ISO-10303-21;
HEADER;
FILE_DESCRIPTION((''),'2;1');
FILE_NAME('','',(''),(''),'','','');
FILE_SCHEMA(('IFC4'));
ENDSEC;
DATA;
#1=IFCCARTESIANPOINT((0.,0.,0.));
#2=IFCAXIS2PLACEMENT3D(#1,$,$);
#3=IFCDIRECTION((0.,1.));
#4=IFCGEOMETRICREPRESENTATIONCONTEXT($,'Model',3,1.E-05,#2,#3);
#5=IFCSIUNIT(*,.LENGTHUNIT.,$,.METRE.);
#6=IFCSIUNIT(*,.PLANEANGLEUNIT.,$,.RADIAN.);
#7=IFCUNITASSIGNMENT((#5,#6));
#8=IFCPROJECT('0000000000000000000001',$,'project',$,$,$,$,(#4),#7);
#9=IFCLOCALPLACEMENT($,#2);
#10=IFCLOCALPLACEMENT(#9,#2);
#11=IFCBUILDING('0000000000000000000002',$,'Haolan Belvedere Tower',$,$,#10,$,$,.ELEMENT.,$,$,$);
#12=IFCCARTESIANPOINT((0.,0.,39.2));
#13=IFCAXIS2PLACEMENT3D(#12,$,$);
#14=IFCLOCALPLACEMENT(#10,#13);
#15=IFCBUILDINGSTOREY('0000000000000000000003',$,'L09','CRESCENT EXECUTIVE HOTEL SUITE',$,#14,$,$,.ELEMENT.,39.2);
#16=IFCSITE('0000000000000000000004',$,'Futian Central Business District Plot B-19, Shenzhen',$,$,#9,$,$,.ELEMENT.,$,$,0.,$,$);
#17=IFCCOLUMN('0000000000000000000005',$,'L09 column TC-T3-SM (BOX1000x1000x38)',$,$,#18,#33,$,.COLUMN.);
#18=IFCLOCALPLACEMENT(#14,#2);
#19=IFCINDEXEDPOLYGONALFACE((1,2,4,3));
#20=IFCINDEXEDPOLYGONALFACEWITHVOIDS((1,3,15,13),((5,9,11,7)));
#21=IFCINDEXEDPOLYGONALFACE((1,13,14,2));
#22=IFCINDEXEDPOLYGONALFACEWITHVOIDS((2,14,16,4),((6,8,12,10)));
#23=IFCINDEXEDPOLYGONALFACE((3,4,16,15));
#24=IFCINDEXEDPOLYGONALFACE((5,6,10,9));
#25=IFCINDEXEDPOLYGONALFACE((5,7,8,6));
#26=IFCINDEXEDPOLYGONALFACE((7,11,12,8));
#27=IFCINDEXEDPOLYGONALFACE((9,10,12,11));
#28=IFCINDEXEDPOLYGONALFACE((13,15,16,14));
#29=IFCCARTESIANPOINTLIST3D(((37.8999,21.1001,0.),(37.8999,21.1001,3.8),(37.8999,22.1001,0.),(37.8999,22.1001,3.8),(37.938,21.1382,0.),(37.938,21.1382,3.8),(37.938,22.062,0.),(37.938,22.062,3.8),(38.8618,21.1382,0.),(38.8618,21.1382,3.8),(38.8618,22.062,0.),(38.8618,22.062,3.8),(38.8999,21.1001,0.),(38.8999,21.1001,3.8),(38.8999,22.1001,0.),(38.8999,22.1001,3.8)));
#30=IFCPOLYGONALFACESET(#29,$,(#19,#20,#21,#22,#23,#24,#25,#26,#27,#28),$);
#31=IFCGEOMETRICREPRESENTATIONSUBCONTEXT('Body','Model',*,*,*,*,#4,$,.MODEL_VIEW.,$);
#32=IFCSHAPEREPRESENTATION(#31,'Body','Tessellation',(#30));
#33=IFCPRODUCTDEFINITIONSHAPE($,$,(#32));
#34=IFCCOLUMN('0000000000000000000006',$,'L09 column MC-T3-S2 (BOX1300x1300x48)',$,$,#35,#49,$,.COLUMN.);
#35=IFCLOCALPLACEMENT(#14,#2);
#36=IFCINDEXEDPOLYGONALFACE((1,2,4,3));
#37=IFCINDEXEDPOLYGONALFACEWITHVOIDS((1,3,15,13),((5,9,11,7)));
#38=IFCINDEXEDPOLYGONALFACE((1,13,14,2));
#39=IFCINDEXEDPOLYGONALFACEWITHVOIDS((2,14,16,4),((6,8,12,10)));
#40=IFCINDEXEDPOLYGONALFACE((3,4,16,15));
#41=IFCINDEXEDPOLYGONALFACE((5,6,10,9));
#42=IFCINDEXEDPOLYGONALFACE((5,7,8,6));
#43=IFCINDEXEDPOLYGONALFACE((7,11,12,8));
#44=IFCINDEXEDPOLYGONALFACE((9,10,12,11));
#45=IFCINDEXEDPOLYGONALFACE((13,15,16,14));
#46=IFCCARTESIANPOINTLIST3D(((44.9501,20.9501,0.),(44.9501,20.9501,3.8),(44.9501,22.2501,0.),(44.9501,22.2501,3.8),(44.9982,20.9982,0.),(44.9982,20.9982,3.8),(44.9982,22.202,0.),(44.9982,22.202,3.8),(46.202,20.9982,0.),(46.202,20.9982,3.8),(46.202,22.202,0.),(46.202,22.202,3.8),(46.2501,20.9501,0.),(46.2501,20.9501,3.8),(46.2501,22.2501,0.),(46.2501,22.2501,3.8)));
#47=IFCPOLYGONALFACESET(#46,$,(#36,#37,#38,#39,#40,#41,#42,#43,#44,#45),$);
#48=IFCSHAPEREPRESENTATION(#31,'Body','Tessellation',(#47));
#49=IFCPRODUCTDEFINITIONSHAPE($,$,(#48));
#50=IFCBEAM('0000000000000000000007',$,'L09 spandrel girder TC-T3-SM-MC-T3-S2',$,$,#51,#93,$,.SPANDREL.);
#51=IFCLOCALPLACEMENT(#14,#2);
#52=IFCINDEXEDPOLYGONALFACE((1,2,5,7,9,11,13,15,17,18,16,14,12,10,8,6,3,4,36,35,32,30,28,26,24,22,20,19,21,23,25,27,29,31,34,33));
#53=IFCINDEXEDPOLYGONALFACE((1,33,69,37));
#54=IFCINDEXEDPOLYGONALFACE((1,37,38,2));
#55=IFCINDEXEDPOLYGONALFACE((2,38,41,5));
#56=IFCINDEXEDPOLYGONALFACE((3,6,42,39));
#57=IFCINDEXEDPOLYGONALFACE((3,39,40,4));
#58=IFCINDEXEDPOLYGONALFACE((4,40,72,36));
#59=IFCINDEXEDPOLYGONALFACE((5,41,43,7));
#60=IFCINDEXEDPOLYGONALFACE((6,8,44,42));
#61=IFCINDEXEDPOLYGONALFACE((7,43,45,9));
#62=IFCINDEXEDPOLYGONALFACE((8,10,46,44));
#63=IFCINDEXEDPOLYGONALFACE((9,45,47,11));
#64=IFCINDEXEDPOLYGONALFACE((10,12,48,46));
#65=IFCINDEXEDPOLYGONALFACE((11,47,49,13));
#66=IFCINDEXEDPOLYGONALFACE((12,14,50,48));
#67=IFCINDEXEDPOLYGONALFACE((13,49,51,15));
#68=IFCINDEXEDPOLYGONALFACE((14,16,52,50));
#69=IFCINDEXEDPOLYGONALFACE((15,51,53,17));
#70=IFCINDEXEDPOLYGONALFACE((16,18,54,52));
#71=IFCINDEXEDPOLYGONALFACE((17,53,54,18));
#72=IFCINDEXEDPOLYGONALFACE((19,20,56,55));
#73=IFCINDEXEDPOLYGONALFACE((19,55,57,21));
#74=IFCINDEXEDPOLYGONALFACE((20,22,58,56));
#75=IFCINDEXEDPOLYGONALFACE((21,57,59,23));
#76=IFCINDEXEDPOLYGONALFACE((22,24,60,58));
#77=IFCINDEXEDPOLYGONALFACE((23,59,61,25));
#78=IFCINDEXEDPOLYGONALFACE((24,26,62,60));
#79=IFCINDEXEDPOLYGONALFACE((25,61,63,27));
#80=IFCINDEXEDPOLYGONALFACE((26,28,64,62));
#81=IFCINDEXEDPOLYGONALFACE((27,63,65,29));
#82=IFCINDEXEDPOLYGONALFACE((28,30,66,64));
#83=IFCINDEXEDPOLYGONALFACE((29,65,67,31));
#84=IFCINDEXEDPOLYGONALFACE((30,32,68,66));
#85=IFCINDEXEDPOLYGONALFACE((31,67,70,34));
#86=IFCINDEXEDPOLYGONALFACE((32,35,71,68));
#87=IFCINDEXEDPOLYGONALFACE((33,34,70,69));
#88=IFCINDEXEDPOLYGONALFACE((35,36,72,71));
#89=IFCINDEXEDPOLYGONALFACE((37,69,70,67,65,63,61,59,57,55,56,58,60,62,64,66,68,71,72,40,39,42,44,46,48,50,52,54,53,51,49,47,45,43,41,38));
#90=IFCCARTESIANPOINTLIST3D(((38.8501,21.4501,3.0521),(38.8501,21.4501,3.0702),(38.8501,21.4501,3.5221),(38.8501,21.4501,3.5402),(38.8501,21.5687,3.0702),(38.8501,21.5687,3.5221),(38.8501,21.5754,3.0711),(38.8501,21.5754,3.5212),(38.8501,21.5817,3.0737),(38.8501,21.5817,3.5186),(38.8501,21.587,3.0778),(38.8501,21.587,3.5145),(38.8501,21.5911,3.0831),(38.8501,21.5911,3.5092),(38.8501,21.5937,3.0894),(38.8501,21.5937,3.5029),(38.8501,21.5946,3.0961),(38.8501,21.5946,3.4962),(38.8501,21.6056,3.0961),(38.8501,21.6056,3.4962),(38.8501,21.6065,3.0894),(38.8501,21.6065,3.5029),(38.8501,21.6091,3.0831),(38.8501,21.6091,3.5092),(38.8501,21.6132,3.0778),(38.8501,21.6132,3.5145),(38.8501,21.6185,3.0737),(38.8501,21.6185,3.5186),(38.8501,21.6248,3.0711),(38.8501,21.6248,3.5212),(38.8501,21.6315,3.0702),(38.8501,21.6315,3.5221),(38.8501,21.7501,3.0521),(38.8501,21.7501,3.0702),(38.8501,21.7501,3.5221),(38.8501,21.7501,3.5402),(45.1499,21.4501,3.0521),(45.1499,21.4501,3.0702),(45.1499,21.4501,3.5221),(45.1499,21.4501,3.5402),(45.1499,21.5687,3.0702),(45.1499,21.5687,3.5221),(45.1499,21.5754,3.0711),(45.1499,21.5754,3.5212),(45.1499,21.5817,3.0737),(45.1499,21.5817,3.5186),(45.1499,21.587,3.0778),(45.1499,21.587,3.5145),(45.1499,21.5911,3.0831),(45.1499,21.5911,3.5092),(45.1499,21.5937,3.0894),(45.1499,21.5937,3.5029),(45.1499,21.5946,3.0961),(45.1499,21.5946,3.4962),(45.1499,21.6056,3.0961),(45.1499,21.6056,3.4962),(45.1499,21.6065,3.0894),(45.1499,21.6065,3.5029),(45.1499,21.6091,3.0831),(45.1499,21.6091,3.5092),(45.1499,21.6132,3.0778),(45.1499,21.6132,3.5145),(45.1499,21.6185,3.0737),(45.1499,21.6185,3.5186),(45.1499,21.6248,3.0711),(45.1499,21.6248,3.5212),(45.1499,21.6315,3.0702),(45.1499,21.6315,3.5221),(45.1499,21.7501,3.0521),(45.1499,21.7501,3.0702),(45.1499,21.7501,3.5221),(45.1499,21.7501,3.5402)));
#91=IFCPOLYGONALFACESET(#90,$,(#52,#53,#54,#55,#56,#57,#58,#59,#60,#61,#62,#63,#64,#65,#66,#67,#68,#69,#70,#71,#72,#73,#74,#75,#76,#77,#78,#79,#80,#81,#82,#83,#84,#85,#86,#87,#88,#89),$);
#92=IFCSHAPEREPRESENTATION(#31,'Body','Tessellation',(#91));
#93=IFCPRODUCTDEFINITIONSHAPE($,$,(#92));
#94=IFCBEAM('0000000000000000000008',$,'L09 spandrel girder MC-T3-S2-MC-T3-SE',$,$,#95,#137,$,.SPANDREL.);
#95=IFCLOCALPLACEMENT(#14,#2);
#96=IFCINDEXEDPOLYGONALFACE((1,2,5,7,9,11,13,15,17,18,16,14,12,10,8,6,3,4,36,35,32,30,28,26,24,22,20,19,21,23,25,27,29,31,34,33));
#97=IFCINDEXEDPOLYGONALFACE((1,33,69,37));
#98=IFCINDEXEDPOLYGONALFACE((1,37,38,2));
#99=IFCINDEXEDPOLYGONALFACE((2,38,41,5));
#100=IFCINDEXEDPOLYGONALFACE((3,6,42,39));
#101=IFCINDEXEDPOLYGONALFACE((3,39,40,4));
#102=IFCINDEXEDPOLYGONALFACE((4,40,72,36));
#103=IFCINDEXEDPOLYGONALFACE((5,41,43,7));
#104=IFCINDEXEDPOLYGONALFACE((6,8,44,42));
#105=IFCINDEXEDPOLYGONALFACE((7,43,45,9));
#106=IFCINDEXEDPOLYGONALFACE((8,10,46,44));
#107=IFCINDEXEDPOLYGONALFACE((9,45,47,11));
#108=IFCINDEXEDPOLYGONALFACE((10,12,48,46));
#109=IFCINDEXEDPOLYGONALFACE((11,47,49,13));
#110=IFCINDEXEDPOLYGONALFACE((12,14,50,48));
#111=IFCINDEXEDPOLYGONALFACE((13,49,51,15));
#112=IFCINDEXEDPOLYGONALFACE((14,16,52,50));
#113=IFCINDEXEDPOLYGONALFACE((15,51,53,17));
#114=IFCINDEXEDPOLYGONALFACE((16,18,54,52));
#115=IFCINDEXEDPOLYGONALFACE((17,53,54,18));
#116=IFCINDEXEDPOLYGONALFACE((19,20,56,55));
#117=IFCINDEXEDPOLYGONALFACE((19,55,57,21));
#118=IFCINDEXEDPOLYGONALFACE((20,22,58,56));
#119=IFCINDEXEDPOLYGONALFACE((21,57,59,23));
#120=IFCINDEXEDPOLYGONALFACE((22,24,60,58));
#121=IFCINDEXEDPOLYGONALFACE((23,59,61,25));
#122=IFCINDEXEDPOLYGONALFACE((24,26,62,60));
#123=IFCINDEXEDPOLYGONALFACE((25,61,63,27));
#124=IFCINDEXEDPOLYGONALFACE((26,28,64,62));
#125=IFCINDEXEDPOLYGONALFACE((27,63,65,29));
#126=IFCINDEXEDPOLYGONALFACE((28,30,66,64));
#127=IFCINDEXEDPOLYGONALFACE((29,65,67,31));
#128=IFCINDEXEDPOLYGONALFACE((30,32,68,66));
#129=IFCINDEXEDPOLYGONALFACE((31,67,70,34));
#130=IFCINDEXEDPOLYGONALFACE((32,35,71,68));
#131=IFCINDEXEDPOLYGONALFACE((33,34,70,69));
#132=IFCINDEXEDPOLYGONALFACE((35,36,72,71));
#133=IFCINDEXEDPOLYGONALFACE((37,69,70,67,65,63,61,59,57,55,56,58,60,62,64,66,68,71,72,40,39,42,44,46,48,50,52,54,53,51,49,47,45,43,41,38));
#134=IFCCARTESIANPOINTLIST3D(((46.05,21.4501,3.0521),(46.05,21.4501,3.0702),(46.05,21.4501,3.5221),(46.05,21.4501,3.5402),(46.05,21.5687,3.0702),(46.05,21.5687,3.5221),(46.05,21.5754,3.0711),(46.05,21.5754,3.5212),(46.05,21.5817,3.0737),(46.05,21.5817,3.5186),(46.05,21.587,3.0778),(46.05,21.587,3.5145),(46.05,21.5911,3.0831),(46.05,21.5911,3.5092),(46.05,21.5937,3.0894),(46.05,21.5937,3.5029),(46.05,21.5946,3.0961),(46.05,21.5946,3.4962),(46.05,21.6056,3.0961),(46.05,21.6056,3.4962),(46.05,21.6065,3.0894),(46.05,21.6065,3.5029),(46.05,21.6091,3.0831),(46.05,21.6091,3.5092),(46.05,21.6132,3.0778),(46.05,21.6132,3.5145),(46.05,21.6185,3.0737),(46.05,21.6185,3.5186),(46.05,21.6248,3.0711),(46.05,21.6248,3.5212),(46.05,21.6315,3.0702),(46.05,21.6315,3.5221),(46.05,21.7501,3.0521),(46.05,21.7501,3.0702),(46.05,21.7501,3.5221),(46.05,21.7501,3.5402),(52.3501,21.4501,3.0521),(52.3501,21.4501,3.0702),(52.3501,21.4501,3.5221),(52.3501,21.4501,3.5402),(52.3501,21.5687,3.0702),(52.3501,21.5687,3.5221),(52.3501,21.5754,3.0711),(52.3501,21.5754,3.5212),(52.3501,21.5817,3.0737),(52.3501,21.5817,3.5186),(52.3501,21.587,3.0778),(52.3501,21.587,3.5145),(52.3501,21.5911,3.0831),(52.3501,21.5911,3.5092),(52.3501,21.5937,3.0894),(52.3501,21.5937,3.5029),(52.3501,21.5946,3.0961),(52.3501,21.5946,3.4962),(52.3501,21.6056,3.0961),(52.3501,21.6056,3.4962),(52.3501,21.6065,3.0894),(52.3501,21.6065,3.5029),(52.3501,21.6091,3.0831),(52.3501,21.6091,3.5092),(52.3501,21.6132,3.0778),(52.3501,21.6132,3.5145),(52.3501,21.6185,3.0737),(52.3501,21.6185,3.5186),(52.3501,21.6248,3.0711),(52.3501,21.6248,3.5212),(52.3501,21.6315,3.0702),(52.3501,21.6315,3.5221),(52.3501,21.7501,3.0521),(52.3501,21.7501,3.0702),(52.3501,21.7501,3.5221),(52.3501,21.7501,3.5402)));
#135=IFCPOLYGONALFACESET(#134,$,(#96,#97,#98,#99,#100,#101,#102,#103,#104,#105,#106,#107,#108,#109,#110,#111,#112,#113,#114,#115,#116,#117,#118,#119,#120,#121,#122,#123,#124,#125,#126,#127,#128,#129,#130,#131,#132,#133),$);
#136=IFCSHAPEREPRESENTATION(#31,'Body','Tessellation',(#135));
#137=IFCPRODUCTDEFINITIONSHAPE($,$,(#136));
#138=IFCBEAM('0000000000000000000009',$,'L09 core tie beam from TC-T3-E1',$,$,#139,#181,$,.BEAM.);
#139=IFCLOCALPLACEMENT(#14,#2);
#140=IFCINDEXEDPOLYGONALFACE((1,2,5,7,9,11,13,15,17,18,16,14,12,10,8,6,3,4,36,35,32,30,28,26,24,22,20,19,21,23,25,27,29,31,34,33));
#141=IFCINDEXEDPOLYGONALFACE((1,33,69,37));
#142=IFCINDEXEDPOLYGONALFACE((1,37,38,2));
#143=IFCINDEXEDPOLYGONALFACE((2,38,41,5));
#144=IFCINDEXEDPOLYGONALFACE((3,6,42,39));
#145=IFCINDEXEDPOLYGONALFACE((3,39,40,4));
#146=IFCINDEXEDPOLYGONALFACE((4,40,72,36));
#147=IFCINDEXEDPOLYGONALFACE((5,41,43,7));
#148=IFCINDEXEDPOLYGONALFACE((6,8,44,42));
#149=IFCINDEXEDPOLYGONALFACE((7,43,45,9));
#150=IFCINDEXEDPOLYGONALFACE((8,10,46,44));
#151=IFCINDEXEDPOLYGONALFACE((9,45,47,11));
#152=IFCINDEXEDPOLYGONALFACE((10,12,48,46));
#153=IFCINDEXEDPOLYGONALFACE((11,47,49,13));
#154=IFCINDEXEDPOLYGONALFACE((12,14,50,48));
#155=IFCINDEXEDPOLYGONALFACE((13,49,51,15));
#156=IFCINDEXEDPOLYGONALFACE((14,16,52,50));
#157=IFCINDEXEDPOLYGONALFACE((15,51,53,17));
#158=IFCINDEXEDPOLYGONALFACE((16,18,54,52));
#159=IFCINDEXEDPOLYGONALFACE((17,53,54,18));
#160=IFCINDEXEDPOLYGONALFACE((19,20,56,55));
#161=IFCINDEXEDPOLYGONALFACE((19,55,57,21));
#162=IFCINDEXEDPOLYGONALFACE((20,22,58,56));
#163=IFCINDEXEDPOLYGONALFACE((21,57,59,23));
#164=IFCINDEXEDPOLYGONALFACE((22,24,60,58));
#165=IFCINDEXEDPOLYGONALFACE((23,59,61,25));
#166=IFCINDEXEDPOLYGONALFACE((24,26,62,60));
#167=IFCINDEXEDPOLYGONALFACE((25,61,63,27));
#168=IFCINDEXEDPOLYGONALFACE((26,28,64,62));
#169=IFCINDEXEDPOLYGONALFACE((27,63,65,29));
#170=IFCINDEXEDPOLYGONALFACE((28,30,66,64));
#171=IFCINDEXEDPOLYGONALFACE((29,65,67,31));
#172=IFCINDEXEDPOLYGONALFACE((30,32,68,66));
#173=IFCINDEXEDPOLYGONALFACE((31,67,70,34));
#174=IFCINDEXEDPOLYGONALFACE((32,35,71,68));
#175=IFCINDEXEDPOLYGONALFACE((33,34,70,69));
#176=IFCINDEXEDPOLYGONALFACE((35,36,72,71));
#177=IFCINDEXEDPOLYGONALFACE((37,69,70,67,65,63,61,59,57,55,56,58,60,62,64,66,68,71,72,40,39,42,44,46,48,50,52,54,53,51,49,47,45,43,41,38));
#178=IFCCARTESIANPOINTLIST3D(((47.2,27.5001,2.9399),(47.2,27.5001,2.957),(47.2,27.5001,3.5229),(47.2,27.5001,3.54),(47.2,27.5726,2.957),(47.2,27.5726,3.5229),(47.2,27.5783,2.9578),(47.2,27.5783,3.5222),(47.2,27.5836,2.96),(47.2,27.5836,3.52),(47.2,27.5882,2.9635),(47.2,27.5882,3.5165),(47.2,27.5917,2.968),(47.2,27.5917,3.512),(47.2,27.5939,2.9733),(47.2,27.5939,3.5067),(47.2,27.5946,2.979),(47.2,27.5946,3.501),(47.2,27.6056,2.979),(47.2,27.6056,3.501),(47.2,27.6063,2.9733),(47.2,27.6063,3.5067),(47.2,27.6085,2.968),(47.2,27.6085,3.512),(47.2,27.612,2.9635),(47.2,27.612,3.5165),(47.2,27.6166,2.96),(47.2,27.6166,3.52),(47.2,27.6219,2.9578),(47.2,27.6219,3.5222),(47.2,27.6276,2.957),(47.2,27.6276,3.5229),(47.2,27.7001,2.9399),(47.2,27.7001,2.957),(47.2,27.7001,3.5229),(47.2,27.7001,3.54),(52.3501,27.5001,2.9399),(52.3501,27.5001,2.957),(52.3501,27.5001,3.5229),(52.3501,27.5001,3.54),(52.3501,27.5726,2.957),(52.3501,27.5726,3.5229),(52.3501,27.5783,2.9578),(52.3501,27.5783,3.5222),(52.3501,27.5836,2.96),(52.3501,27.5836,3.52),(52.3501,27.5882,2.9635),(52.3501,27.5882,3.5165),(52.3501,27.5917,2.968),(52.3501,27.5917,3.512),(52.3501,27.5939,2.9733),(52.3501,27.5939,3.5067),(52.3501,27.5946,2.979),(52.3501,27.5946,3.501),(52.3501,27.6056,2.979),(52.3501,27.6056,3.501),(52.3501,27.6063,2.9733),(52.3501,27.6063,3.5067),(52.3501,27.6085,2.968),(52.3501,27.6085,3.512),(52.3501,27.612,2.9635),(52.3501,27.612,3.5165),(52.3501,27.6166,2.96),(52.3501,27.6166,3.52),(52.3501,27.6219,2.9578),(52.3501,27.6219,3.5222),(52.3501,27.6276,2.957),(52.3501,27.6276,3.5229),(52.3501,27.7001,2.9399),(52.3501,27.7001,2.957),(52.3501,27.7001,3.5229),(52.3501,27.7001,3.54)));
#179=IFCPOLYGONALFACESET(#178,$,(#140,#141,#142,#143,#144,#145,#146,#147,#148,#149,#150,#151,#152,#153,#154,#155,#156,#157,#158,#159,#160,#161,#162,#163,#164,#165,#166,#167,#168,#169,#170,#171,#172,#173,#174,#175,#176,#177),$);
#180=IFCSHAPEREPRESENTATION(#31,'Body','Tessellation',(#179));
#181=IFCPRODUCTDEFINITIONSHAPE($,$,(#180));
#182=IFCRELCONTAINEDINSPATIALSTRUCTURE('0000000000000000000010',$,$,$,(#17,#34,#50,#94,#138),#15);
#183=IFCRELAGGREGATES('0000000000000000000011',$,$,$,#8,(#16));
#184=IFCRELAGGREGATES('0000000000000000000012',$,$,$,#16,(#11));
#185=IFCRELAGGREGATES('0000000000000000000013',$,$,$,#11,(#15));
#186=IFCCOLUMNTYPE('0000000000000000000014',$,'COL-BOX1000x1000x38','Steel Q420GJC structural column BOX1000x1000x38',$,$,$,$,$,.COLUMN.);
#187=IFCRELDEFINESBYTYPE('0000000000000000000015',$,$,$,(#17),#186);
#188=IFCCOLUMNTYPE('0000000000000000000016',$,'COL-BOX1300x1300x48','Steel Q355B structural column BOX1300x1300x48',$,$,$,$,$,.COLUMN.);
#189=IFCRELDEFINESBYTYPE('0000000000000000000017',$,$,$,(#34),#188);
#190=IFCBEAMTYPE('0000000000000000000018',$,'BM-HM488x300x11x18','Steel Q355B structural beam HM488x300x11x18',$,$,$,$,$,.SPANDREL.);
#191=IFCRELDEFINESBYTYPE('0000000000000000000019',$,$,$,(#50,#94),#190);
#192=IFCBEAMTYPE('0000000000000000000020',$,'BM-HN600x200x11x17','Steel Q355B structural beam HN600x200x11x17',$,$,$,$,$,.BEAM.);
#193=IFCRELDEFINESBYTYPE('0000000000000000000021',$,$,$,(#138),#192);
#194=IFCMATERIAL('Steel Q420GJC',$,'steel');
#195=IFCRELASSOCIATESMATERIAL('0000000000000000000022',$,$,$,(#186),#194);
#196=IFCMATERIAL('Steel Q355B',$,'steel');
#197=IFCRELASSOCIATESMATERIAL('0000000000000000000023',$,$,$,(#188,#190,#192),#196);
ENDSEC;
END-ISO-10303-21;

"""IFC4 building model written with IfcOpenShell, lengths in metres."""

from ifc_helpers import new_model, si_unit, direction, frame, origin, origin_2d, place, context, subcontext, project, spatial, hollow_rectangle, i_section, extrude, material, material_profile, profile_set, type_object, element, save


model = new_model("IFC4")

# Units and contexts
model_context = context("Model", 3, precision=1e-05, world=origin(), true_north=direction((0.0, 1.0)))
body_context = subcontext(model_context, "Body", "Model", "MODEL_VIEW")
ifc_project = project(units=[si_unit("LENGTHUNIT", "METRE"), si_unit("PLANEANGLEUNIT", "RADIAN")], contexts=[model_context])

# Site, building, storey
site_placement = place(None, origin())
site = spatial("IfcSite", under=ifc_project, at=site_placement, Name="Futian Central Business District Plot B-19, Shenzhen", CompositionType="ELEMENT", RefElevation=0.0)
building_placement = place(site_placement, origin())
building = spatial("IfcBuilding", under=site, at=building_placement, Name="Haolan Belvedere Tower", CompositionType="ELEMENT")
storey_placement = place(building_placement, frame((0.0, 0.0, 39.2)))
storey = spatial("IfcBuildingStorey", under=building, at=storey_placement, Name="L09", Description="CRESCENT EXECUTIVE HOTEL SUITE", CompositionType="ELEMENT", Elevation=39.2)

# Columns
ifc_material_1 = material(Name="Steel Q420GJC", Category="steel")
ifc_material_profile_1 = material_profile(ifc_material_1, hollow_rectangle(XDim=1.0, YDim=1.0, WallThickness=0.0381, at=origin_2d()), Name="Steel Q420GJC")
ifc_profile_set_1 = profile_set([ifc_material_profile_1], Name="Steel Q420GJC")
column_type_1 = type_object("IfcColumnType", Name="COL-BOX1000x1000x38", Description="Steel Q420GJC structural column BOX1000x1000x38", PredefinedType="COLUMN", material=ifc_profile_set_1)
column_1_placement = place(storey_placement, frame((38.3999, 21.6001, 0.0), z_axis=(0.0, 0.0, 1.0), x_axis=(1.0, 0.0, 0.0)))
element("IfcColumn", 1, at=column_1_placement, inside=storey, type_object=column_type_1, Name="L09 column TC-T3-SM (BOX1000x1000x38)", PredefinedType="COLUMN", context=body_context, shape_type="SweptSolid", body=[
    extrude(hollow_rectangle(XDim=1.0, YDim=1.0, WallThickness=0.0381, at=origin_2d()), origin(), (0.0, 0.0, 1.0), 3.8),
])
ifc_material_2 = material(Name="Steel Q355B", Category="steel")
ifc_material_profile_2 = material_profile(ifc_material_2, hollow_rectangle(XDim=1.3, YDim=1.3, WallThickness=0.0481, at=origin_2d()), Name="Steel Q355B")
ifc_profile_set_2 = profile_set([ifc_material_profile_2], Name="Steel Q355B")
column_type_2 = type_object("IfcColumnType", Name="COL-BOX1300x1300x48", Description="Steel Q355B structural column BOX1300x1300x48", PredefinedType="COLUMN", material=ifc_profile_set_2)
column_2_placement = place(storey_placement, frame((45.6001, 21.6001, 0.0), z_axis=(0.0, 0.0, 1.0), x_axis=(1.0, 0.0, 0.0)))
element("IfcColumn", 2, at=column_2_placement, inside=storey, type_object=column_type_2, Name="L09 column MC-T3-S2 (BOX1300x1300x48)", PredefinedType="COLUMN", context=body_context, shape_type="SweptSolid", body=[
    extrude(hollow_rectangle(XDim=1.3, YDim=1.3, WallThickness=0.0481, at=origin_2d()), origin(), (0.0, 0.0, 1.0), 3.8),
])

# Beams
ifc_material_profile_3 = material_profile(ifc_material_2, i_section(OverallWidth=0.3, OverallDepth=0.488, WebThickness=0.011, FlangeThickness=0.0181, FilletRadius=0.0259, at=origin_2d()), Name="Steel Q355B")
ifc_profile_set_3 = profile_set([ifc_material_profile_3], Name="Steel Q355B")
beam_type_1 = type_object("IfcBeamType", Name="BM-HM488x300x11x18", Description="Steel Q355B structural beam HM488x300x11x18", PredefinedType="SPANDREL", material=ifc_profile_set_3)
beam_1_placement = place(storey_placement, frame((38.8501, 21.6001, 3.2961), z_axis=(1.0, 0.0, 0.0), x_axis=(0.0, 1.0, 0.0)))
element("IfcBeam", 3, at=beam_1_placement, inside=storey, type_object=beam_type_1, Name="L09 spandrel girder TC-T3-SM-MC-T3-S2", PredefinedType="SPANDREL", context=body_context, shape_type="SweptSolid", body=[
    extrude(i_section(OverallWidth=0.3, OverallDepth=0.488, WebThickness=0.011, FlangeThickness=0.0181, FilletRadius=0.0259, at=origin_2d()), origin(), (0.0, 0.0, 1.0), 6.2998),
])
beam_2_placement = place(storey_placement, frame((46.05, 21.6001, 3.2961), z_axis=(1.0, 0.0, 0.0), x_axis=(0.0, 1.0, 0.0)))
element("IfcBeam", 4, at=beam_2_placement, inside=storey, type_object=beam_type_1, Name="L09 spandrel girder MC-T3-S2-MC-T3-SE", PredefinedType="SPANDREL", context=body_context, shape_type="SweptSolid", body=[
    extrude(i_section(OverallWidth=0.3, OverallDepth=0.488, WebThickness=0.011, FlangeThickness=0.0181, FilletRadius=0.0259, at=origin_2d()), origin(), (0.0, 0.0, 1.0), 6.3),
])
ifc_material_profile_4 = material_profile(ifc_material_2, i_section(OverallWidth=0.2, OverallDepth=0.6001, WebThickness=0.011, FlangeThickness=0.0171, FilletRadius=0.022, at=origin_2d()), Name="Steel Q355B")
ifc_profile_set_4 = profile_set([ifc_material_profile_4], Name="Steel Q355B")
beam_type_2 = type_object("IfcBeamType", Name="BM-HN600x200x11x17", Description="Steel Q355B structural beam HN600x200x11x17", PredefinedType="BEAM", material=ifc_profile_set_4)
beam_3_placement = place(storey_placement, frame((52.3501, 27.6001, 3.24), z_axis=(-1.0, 0.0, 0.0), x_axis=(0.0, -1.0, 0.0)))
element("IfcBeam", 5, at=beam_3_placement, inside=storey, type_object=beam_type_2, Name="L09 core tie beam from TC-T3-E1", PredefinedType="BEAM", context=body_context, shape_type="SweptSolid", body=[
    extrude(i_section(OverallWidth=0.2, OverallDepth=0.6001, WebThickness=0.011, FlangeThickness=0.0171, FilletRadius=0.022, at=origin_2d()), origin(), (0.0, 0.0, 1.0), 5.1501),
])

save(model, "model.ifc")
